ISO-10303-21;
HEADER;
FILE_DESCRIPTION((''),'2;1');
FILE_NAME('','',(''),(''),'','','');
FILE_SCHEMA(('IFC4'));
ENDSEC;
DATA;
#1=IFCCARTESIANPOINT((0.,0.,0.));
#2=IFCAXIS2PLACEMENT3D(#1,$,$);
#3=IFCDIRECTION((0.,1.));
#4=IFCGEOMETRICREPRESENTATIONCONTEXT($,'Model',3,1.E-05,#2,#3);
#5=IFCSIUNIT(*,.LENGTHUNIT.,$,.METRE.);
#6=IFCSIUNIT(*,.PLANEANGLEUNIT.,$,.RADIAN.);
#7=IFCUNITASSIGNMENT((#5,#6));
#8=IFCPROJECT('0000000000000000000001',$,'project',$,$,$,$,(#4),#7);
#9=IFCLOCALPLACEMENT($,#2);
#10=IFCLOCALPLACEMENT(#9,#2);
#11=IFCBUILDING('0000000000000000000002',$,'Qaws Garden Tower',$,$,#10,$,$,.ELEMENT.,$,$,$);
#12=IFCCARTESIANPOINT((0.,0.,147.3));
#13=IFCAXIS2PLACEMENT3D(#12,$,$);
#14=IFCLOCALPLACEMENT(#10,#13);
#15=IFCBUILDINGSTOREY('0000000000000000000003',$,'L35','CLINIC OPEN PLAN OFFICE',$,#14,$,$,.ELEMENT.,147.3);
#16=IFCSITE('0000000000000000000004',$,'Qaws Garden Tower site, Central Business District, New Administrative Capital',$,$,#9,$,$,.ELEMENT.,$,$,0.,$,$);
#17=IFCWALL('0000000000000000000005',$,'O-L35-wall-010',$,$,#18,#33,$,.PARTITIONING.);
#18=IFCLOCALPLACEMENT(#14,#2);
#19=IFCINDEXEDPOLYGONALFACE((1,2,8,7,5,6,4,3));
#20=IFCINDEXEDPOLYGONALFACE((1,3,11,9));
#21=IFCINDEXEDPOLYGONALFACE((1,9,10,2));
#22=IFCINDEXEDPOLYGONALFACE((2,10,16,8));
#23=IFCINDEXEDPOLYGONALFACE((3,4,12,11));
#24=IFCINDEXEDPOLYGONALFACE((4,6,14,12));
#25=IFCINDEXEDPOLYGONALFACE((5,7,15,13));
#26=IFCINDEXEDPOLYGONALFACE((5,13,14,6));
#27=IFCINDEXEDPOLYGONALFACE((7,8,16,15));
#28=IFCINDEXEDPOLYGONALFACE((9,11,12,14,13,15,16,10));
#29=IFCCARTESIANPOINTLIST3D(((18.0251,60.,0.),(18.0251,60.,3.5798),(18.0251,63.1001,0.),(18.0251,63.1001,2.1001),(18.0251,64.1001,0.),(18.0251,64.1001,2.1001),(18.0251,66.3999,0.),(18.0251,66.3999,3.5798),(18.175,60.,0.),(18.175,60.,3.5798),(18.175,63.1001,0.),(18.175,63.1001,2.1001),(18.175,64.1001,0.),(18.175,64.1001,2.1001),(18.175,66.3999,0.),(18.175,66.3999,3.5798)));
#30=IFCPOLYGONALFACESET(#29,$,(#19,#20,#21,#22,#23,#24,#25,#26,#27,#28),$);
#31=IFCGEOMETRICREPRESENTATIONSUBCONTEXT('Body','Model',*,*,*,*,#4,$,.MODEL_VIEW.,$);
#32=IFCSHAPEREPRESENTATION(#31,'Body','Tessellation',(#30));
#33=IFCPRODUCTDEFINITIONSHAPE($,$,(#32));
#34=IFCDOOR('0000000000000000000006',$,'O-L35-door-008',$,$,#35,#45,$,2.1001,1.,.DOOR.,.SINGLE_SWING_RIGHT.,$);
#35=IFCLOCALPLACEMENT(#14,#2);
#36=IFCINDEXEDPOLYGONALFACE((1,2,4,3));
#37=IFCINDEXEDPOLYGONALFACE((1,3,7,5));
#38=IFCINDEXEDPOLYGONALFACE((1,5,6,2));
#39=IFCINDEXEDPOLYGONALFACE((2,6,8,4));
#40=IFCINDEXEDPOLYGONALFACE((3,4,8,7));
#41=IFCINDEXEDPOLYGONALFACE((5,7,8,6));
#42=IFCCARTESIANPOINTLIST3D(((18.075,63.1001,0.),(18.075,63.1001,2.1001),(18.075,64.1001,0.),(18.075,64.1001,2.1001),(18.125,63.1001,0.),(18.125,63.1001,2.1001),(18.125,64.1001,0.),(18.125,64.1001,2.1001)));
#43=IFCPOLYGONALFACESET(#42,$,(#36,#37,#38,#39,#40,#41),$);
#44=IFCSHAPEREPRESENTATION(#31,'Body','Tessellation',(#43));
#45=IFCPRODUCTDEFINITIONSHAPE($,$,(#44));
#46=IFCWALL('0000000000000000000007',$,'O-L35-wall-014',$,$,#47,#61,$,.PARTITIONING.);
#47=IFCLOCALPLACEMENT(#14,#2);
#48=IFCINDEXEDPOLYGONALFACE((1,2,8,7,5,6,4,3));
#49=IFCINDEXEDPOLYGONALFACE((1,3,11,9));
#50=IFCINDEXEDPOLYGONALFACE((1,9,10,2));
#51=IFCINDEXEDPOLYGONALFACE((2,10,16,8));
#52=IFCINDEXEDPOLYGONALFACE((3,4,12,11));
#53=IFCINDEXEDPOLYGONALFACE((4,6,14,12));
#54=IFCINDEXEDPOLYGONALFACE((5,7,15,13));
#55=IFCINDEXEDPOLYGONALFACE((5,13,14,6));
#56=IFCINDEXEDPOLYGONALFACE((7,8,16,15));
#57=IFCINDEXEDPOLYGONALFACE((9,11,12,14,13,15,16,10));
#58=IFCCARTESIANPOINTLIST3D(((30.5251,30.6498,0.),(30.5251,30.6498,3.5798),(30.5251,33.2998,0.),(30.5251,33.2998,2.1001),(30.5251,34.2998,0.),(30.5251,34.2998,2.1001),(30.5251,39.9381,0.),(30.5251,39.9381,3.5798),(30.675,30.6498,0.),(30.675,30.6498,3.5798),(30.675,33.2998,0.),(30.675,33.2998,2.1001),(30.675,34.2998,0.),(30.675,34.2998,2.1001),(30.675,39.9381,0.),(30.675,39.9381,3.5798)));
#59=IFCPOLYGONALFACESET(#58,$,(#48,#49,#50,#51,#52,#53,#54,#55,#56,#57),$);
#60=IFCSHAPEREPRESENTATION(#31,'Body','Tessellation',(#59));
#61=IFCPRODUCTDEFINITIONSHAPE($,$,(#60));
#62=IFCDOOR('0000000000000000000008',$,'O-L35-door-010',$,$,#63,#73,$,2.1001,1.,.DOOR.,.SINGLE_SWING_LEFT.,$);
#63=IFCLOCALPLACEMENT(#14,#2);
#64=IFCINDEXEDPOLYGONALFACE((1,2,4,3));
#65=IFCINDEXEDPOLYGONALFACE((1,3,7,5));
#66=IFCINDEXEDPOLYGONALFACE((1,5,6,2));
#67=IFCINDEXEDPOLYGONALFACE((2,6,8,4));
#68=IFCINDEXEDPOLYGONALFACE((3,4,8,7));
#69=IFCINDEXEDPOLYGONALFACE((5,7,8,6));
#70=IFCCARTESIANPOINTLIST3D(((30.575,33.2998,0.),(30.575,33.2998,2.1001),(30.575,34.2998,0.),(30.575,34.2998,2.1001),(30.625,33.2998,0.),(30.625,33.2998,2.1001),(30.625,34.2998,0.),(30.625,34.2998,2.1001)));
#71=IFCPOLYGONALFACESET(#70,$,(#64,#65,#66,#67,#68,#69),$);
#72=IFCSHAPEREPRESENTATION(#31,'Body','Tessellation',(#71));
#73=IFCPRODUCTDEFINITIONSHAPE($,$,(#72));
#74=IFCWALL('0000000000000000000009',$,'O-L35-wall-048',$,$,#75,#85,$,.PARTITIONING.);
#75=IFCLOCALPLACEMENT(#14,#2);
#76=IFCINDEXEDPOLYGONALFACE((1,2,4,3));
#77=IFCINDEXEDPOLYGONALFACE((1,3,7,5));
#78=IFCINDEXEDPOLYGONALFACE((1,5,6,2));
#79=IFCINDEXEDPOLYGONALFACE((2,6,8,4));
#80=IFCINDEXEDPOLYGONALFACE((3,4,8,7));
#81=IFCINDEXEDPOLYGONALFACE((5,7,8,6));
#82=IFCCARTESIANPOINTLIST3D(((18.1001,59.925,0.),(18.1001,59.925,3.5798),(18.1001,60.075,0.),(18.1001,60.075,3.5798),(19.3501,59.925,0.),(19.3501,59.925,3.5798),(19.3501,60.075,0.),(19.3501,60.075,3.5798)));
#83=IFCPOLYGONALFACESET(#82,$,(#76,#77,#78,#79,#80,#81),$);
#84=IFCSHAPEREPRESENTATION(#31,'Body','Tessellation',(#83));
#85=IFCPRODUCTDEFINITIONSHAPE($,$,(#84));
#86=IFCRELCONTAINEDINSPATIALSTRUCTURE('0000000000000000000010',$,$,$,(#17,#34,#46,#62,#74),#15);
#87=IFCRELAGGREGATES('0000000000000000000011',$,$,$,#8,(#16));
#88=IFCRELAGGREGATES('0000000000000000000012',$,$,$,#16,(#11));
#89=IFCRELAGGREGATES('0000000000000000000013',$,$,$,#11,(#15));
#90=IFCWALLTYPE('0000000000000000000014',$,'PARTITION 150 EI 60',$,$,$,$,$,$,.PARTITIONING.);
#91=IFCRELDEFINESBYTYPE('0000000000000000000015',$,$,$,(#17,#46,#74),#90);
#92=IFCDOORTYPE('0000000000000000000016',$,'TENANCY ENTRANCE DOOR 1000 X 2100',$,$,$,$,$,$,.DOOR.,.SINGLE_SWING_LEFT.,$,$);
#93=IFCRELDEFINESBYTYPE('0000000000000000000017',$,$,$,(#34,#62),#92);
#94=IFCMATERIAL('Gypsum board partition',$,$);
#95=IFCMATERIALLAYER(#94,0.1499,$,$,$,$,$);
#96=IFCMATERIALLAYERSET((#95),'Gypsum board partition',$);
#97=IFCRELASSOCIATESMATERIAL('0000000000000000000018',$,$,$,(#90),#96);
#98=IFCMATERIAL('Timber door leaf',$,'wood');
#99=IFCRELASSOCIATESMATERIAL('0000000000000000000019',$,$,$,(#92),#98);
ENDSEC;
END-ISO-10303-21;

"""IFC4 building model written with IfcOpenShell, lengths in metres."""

from ifc_helpers import new_model, si_unit, direction, frame, frame_2d, origin, place, context, subcontext, project, spatial, rectangle, extrude, material, layer, layer_set, type_object, element, fill, save


model = new_model("IFC4")

# Units and contexts
model_context = context("Model", 3, precision=1e-05, world=origin(), true_north=direction((0.0, 1.0)))
body_context = subcontext(model_context, "Body", "Model", "MODEL_VIEW")
ifc_project = project(units=[si_unit("LENGTHUNIT", "METRE"), si_unit("PLANEANGLEUNIT", "RADIAN")], contexts=[model_context])

# Site, building, storey
site_placement = place(None, origin())
site = spatial("IfcSite", under=ifc_project, at=site_placement, Name="Qaws Garden Tower site, Central Business District, New Administrative Capital", CompositionType="ELEMENT", RefElevation=0.0)
building_placement = place(site_placement, origin())
building = spatial("IfcBuilding", under=site, at=building_placement, Name="Qaws Garden Tower", CompositionType="ELEMENT")
storey_placement = place(building_placement, frame((0.0, 0.0, 147.3)))
storey = spatial("IfcBuildingStorey", under=building, at=storey_placement, Name="L35", Description="CLINIC OPEN PLAN OFFICE", CompositionType="ELEMENT", Elevation=147.3)

# Walls, openings, doors
ifc_material_1 = material(Name="Gypsum board partition")
ifc_layer_1 = layer(ifc_material_1, 0.1499)
ifc_layer_set_1 = layer_set([ifc_layer_1], Name="Gypsum board partition")
wall_type_1 = type_object("IfcWallType", Name="PARTITION 150 EI 60", PredefinedType="PARTITIONING", material=ifc_layer_set_1)
wall_1_placement = place(storey_placement, frame((18.1001, 60.0, 0.0), z_axis=(0.0, 0.0, 1.0), x_axis=(0.0, 1.0, 0.0)))
wall_1 = element("IfcWall", 1, at=wall_1_placement, inside=storey, type_object=wall_type_1, Name="O-L35-wall-010", PredefinedType="PARTITIONING", context=body_context, shape_type="SweptSolid", body=[
    extrude(rectangle(XDim=6.3999, YDim=0.1499, at=frame_2d((3.2, 0.0))), origin(), (0.0, 0.0, 1.0), 3.5798),
])
opening_1_placement = place(wall_1_placement, frame((3.1001, 0.0, 0.0)))
opening_1 = element("IfcOpeningElement", 2, at=opening_1_placement, cuts=wall_1, PredefinedType="OPENING", context=body_context, shape_type="SweptSolid", body=[
    extrude(rectangle(XDim=1.0, YDim=2.1001, at=frame_2d((0.5, 1.05))), frame((0.0, 0.085, 0.0), z_axis=(0.0, -1.0, 0.0), x_axis=(1.0, 0.0, 0.0)), (0.0, 0.0, 1.0), 0.1699),
])
ifc_material_2 = material(Name="Timber door leaf", Category="wood")
door_type = type_object("IfcDoorType", Name="TENANCY ENTRANCE DOOR 1000 X 2100", OperationType="SINGLE_SWING_LEFT", PredefinedType="DOOR", material=ifc_material_2)
door_1_placement = place(opening_1_placement, frame((1.0, 0.0, 0.0), z_axis=(0.0, 0.0, 1.0), x_axis=(-1.0, 0.0, 0.0)))
door_1 = element("IfcDoor", 3, at=door_1_placement, inside=storey, type_object=door_type, Name="O-L35-door-008", OperationType="SINGLE_SWING_RIGHT", OverallHeight=2.1001, OverallWidth=1.0, PredefinedType="DOOR", context=body_context, shape_type="SweptSolid", body=[
    extrude(rectangle(XDim=1.0, YDim=2.1001, at=frame_2d((0.5, 1.05))), frame((0.0, 0.0249, 0.0), z_axis=(0.0, -1.0, 0.0), x_axis=(1.0, 0.0, 0.0)), (0.0, 0.0, 1.0), 0.05),
])
fill(opening_1, door_1)
wall_2_placement = place(storey_placement, frame((30.6001, 30.6499, 0.0), z_axis=(0.0, 0.0, 1.0), x_axis=(0.0, 1.0, 0.0)))
wall_2 = element("IfcWall", 4, at=wall_2_placement, inside=storey, type_object=wall_type_1, Name="O-L35-wall-014", PredefinedType="PARTITIONING", context=body_context, shape_type="SweptSolid", body=[
    extrude(rectangle(XDim=9.2883, YDim=0.1499, at=frame_2d((4.644, 0.0))), origin(), (0.0, 0.0, 1.0), 3.5798),
])
opening_2_placement = place(wall_2_placement, frame((2.6499, 0.0, 0.0)))
opening_2 = element("IfcOpeningElement", 5, at=opening_2_placement, cuts=wall_2, PredefinedType="OPENING", context=body_context, shape_type="SweptSolid", body=[
    extrude(rectangle(XDim=1.0, YDim=2.1001, at=frame_2d((0.5, 1.05))), frame((0.0, 0.085, 0.0), z_axis=(0.0, -1.0, 0.0), x_axis=(1.0, 0.0, 0.0)), (0.0, 0.0, 1.0), 0.1699),
])
door_2_placement = place(opening_2_placement, frame((1.0, 0.0, 0.0), z_axis=(0.0, 0.0, 1.0), x_axis=(-1.0, 0.0, 0.0)))
door_2 = element("IfcDoor", 6, at=door_2_placement, inside=storey, type_object=door_type, Name="O-L35-door-010", OperationType="SINGLE_SWING_LEFT", OverallHeight=2.1001, OverallWidth=1.0, PredefinedType="DOOR", context=body_context, shape_type="SweptSolid", body=[
    extrude(rectangle(XDim=1.0, YDim=2.1001, at=frame_2d((0.5, 1.05))), frame((0.0, 0.0249, 0.0), z_axis=(0.0, -1.0, 0.0), x_axis=(1.0, 0.0, 0.0)), (0.0, 0.0, 1.0), 0.05),
])
fill(opening_2, door_2)

# Wall
wall_3_placement = place(storey_placement, frame((18.1001, 60.0, 0.0), z_axis=(0.0, 0.0, 1.0), x_axis=(1.0, 0.0, 0.0)))
element("IfcWall", 7, at=wall_3_placement, inside=storey, type_object=wall_type_1, Name="O-L35-wall-048", PredefinedType="PARTITIONING", context=body_context, shape_type="SweptSolid", body=[
    extrude(rectangle(XDim=1.25, YDim=0.1499, at=frame_2d((0.625, 0.0))), origin(), (0.0, 0.0, 1.0), 3.5798),
])

save(model, "model.ifc")
